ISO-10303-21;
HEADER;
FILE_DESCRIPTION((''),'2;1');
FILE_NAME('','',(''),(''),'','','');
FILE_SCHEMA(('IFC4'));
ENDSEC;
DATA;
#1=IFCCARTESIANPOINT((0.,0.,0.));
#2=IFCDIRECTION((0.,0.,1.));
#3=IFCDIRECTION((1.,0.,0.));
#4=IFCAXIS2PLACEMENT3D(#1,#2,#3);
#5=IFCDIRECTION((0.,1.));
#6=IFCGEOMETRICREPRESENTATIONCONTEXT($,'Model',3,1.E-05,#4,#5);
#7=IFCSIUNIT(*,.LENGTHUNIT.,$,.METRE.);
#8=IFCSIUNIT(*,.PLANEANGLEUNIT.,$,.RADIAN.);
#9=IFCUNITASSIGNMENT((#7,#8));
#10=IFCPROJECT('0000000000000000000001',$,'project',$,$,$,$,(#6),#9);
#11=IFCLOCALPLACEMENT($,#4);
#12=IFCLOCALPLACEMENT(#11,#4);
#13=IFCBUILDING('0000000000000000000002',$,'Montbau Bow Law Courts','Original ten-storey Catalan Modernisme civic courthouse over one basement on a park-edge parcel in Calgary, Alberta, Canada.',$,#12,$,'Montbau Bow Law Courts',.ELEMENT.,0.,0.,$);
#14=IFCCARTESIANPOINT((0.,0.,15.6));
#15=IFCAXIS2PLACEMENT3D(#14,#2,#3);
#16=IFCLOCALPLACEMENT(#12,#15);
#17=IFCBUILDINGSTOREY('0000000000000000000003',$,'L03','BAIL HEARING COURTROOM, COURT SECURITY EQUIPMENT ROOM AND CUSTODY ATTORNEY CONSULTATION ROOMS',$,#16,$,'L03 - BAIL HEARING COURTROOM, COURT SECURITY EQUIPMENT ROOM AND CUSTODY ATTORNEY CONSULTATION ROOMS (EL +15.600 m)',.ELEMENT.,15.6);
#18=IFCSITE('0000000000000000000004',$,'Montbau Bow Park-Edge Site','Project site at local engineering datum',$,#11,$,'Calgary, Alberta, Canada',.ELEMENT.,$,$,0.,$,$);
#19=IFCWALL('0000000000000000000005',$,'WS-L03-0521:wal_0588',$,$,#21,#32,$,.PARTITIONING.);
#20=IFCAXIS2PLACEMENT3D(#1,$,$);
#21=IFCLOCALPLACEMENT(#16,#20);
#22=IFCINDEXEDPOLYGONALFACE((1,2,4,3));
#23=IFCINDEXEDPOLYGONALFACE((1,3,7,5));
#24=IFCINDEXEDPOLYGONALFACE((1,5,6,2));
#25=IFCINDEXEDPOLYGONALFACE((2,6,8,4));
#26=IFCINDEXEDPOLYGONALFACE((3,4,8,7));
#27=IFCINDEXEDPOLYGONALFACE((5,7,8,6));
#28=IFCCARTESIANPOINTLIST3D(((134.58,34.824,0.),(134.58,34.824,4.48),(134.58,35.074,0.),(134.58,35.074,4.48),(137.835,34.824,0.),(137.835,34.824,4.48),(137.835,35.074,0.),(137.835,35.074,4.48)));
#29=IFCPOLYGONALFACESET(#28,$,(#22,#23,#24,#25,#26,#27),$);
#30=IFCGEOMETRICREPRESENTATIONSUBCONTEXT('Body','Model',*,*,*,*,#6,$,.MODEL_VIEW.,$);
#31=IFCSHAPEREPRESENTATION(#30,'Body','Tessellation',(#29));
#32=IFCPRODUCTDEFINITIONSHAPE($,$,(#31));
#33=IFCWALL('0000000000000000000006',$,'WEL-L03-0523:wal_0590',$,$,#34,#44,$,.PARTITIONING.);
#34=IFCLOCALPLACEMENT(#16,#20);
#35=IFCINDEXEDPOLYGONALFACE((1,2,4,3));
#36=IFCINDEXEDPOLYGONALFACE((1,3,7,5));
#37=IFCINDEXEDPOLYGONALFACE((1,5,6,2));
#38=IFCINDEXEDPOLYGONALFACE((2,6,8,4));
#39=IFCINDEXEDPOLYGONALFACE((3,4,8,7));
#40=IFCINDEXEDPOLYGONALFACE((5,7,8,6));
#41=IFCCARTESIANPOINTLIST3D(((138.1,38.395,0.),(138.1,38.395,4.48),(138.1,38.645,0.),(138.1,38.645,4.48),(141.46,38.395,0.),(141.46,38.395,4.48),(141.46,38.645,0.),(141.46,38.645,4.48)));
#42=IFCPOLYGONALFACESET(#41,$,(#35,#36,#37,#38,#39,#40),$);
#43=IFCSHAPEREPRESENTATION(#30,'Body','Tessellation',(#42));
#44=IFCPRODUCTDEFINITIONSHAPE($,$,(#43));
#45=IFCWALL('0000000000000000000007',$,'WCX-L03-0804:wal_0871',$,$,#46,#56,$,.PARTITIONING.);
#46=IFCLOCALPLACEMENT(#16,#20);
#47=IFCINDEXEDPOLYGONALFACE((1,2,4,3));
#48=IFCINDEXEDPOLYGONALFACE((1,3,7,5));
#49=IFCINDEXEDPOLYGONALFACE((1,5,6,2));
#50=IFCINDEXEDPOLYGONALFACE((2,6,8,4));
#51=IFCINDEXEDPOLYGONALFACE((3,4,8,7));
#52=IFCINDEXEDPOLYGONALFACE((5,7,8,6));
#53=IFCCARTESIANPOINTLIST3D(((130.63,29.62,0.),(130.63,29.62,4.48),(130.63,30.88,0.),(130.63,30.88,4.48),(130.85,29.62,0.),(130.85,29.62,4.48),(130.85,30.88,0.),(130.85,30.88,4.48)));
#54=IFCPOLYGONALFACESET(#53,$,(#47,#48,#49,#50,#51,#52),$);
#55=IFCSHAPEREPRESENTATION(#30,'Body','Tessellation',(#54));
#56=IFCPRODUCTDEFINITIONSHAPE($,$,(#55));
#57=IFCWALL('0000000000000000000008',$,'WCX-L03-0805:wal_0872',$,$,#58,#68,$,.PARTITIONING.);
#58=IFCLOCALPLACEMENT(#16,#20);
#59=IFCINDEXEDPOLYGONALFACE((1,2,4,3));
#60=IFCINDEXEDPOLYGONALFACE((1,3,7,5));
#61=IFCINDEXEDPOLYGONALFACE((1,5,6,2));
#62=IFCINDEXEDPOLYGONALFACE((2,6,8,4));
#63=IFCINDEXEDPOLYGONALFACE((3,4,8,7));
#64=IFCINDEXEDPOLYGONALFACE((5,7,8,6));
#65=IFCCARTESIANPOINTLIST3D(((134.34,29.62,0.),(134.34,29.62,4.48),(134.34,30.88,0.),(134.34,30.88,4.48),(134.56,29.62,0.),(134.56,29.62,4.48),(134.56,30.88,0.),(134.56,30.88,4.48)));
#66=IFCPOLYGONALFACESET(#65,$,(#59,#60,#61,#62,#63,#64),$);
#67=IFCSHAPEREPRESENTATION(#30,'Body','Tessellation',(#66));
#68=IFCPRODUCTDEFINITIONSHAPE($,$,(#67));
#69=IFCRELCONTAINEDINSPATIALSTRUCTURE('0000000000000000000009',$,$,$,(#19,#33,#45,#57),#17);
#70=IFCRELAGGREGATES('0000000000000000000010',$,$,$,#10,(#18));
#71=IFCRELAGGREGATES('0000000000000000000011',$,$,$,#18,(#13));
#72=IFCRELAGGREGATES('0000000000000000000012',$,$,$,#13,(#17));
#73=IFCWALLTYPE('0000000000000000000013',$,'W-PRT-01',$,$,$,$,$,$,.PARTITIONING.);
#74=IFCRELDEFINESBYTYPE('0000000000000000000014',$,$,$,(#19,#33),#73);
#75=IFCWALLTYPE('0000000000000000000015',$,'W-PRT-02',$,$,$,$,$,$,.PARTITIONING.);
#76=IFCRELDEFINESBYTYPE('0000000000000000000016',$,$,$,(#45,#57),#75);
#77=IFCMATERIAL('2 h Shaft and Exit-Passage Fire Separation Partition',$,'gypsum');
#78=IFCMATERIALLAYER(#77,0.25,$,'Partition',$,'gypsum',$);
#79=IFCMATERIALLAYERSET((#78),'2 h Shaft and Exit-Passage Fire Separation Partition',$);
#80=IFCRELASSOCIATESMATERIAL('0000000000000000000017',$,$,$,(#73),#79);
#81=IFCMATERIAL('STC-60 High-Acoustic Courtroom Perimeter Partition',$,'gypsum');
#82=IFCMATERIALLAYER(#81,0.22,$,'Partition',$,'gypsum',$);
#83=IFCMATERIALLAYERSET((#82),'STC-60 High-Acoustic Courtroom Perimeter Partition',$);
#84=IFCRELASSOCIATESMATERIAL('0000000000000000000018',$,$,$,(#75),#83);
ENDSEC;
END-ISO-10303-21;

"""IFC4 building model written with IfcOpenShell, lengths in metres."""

from ifc_helpers import new_model, si_unit, direction, frame, frame_2d, origin_with_axes, place, context, subcontext, project, spatial, rectangle, extrude, material, layer, layer_set, type_object, element, save


model = new_model("IFC4")

# Units and contexts
model_context = context("Model", 3, precision=1e-05, world=origin_with_axes(), true_north=direction((0.0, 1.0)))
body_context = subcontext(model_context, "Body", "Model", "MODEL_VIEW")
ifc_project = project(units=[si_unit("LENGTHUNIT", "METRE"), si_unit("PLANEANGLEUNIT", "RADIAN")], contexts=[model_context])

# Site, building, storey
site_placement = place(None, origin_with_axes())
site = spatial("IfcSite", under=ifc_project, at=site_placement, Name="Montbau Bow Park-Edge Site", Description="Project site at local engineering datum", LongName="Calgary, Alberta, Canada", CompositionType="ELEMENT", RefElevation=0.0)
building_placement = place(site_placement, origin_with_axes())
building = spatial("IfcBuilding", under=site, at=building_placement, Name="Montbau Bow Law Courts", Description="Original ten-storey Catalan Modernisme civic courthouse over one basement on a park-edge parcel in Calgary, Alberta, Canada.", LongName="Montbau Bow Law Courts", CompositionType="ELEMENT", ElevationOfRefHeight=0.0, ElevationOfTerrain=0.0)
storey_placement = place(building_placement, frame((0.0, 0.0, 15.6), z_axis=(0.0, 0.0, 1.0), x_axis=(1.0, 0.0, 0.0)))
storey = spatial("IfcBuildingStorey", under=building, at=storey_placement, Name="L03", Description="BAIL HEARING COURTROOM, COURT SECURITY EQUIPMENT ROOM AND CUSTODY ATTORNEY CONSULTATION ROOMS", LongName="L03 - BAIL HEARING COURTROOM, COURT SECURITY EQUIPMENT ROOM AND CUSTODY ATTORNEY CONSULTATION ROOMS (EL +15.600 m)", CompositionType="ELEMENT", Elevation=15.6)

# Walls
ifc_material_1 = material(Name="2 h Shaft and Exit-Passage Fire Separation Partition", Category="gypsum")
ifc_layer_1 = layer(ifc_material_1, 0.25, Name="Partition", Category="gypsum")
ifc_layer_set_1 = layer_set([ifc_layer_1], Name="2 h Shaft and Exit-Passage Fire Separation Partition")
wall_type_1 = type_object("IfcWallType", Name="W-PRT-01", PredefinedType="PARTITIONING", material=ifc_layer_set_1)
wall_1_placement = place(None, frame((134.58, 34.949, 15.6), z_axis=(0.0, 0.0, 1.0), x_axis=(1.0, 0.0, 0.0)))
element("IfcWall", 1, at=wall_1_placement, inside=storey, type_object=wall_type_1, Name="WS-L03-0521:wal_0588", PredefinedType="PARTITIONING", context=body_context, shape_type="SweptSolid", body=[
    extrude(rectangle(XDim=3.255, YDim=0.25, at=frame_2d((1.6275, 0.0), x_axis=(1.0, 0.0))), origin_with_axes(), (0.0, 0.0, 1.0), 4.48),
])
wall_2_placement = place(None, frame((138.1, 38.52, 15.6), z_axis=(0.0, 0.0, 1.0), x_axis=(1.0, 0.0, 0.0)))
element("IfcWall", 2, at=wall_2_placement, inside=storey, type_object=wall_type_1, Name="WEL-L03-0523:wal_0590", PredefinedType="PARTITIONING", context=body_context, shape_type="SweptSolid", body=[
    extrude(rectangle(XDim=3.36, YDim=0.25, at=frame_2d((1.68, 0.0), x_axis=(1.0, 0.0))), origin_with_axes(), (0.0, 0.0, 1.0), 4.48),
])
ifc_material_2 = material(Name="STC-60 High-Acoustic Courtroom Perimeter Partition", Category="gypsum")
ifc_layer_2 = layer(ifc_material_2, 0.22, Name="Partition", Category="gypsum")
ifc_layer_set_2 = layer_set([ifc_layer_2], Name="STC-60 High-Acoustic Courtroom Perimeter Partition")
wall_type_2 = type_object("IfcWallType", Name="W-PRT-02", PredefinedType="PARTITIONING", material=ifc_layer_set_2)
for number, where, z_axis, x_axis, name in (
    (3, (130.74, 29.62, 15.6), (0.0, 0.0, 1.0), (0.0, 1.0, 0.0), "WCX-L03-0804:wal_0871"),
    (4, (134.45, 29.62, 15.6), (0.0, 0.0, 1.0), (0.0, 1.0, 0.0), "WCX-L03-0805:wal_0872"),
):
    element("IfcWall", number, at=place(None, frame(where, z_axis=z_axis, x_axis=x_axis)), inside=storey, type_object=wall_type_2, Name=name, PredefinedType="PARTITIONING", context=body_context, shape_type="SweptSolid", body=[
        extrude(rectangle(XDim=1.26, YDim=0.22, at=frame_2d((0.63, 0.0), x_axis=(1.0, 0.0))), origin_with_axes(), (0.0, 0.0, 1.0), 4.48),
    ])

save(model, "model.ifc")
